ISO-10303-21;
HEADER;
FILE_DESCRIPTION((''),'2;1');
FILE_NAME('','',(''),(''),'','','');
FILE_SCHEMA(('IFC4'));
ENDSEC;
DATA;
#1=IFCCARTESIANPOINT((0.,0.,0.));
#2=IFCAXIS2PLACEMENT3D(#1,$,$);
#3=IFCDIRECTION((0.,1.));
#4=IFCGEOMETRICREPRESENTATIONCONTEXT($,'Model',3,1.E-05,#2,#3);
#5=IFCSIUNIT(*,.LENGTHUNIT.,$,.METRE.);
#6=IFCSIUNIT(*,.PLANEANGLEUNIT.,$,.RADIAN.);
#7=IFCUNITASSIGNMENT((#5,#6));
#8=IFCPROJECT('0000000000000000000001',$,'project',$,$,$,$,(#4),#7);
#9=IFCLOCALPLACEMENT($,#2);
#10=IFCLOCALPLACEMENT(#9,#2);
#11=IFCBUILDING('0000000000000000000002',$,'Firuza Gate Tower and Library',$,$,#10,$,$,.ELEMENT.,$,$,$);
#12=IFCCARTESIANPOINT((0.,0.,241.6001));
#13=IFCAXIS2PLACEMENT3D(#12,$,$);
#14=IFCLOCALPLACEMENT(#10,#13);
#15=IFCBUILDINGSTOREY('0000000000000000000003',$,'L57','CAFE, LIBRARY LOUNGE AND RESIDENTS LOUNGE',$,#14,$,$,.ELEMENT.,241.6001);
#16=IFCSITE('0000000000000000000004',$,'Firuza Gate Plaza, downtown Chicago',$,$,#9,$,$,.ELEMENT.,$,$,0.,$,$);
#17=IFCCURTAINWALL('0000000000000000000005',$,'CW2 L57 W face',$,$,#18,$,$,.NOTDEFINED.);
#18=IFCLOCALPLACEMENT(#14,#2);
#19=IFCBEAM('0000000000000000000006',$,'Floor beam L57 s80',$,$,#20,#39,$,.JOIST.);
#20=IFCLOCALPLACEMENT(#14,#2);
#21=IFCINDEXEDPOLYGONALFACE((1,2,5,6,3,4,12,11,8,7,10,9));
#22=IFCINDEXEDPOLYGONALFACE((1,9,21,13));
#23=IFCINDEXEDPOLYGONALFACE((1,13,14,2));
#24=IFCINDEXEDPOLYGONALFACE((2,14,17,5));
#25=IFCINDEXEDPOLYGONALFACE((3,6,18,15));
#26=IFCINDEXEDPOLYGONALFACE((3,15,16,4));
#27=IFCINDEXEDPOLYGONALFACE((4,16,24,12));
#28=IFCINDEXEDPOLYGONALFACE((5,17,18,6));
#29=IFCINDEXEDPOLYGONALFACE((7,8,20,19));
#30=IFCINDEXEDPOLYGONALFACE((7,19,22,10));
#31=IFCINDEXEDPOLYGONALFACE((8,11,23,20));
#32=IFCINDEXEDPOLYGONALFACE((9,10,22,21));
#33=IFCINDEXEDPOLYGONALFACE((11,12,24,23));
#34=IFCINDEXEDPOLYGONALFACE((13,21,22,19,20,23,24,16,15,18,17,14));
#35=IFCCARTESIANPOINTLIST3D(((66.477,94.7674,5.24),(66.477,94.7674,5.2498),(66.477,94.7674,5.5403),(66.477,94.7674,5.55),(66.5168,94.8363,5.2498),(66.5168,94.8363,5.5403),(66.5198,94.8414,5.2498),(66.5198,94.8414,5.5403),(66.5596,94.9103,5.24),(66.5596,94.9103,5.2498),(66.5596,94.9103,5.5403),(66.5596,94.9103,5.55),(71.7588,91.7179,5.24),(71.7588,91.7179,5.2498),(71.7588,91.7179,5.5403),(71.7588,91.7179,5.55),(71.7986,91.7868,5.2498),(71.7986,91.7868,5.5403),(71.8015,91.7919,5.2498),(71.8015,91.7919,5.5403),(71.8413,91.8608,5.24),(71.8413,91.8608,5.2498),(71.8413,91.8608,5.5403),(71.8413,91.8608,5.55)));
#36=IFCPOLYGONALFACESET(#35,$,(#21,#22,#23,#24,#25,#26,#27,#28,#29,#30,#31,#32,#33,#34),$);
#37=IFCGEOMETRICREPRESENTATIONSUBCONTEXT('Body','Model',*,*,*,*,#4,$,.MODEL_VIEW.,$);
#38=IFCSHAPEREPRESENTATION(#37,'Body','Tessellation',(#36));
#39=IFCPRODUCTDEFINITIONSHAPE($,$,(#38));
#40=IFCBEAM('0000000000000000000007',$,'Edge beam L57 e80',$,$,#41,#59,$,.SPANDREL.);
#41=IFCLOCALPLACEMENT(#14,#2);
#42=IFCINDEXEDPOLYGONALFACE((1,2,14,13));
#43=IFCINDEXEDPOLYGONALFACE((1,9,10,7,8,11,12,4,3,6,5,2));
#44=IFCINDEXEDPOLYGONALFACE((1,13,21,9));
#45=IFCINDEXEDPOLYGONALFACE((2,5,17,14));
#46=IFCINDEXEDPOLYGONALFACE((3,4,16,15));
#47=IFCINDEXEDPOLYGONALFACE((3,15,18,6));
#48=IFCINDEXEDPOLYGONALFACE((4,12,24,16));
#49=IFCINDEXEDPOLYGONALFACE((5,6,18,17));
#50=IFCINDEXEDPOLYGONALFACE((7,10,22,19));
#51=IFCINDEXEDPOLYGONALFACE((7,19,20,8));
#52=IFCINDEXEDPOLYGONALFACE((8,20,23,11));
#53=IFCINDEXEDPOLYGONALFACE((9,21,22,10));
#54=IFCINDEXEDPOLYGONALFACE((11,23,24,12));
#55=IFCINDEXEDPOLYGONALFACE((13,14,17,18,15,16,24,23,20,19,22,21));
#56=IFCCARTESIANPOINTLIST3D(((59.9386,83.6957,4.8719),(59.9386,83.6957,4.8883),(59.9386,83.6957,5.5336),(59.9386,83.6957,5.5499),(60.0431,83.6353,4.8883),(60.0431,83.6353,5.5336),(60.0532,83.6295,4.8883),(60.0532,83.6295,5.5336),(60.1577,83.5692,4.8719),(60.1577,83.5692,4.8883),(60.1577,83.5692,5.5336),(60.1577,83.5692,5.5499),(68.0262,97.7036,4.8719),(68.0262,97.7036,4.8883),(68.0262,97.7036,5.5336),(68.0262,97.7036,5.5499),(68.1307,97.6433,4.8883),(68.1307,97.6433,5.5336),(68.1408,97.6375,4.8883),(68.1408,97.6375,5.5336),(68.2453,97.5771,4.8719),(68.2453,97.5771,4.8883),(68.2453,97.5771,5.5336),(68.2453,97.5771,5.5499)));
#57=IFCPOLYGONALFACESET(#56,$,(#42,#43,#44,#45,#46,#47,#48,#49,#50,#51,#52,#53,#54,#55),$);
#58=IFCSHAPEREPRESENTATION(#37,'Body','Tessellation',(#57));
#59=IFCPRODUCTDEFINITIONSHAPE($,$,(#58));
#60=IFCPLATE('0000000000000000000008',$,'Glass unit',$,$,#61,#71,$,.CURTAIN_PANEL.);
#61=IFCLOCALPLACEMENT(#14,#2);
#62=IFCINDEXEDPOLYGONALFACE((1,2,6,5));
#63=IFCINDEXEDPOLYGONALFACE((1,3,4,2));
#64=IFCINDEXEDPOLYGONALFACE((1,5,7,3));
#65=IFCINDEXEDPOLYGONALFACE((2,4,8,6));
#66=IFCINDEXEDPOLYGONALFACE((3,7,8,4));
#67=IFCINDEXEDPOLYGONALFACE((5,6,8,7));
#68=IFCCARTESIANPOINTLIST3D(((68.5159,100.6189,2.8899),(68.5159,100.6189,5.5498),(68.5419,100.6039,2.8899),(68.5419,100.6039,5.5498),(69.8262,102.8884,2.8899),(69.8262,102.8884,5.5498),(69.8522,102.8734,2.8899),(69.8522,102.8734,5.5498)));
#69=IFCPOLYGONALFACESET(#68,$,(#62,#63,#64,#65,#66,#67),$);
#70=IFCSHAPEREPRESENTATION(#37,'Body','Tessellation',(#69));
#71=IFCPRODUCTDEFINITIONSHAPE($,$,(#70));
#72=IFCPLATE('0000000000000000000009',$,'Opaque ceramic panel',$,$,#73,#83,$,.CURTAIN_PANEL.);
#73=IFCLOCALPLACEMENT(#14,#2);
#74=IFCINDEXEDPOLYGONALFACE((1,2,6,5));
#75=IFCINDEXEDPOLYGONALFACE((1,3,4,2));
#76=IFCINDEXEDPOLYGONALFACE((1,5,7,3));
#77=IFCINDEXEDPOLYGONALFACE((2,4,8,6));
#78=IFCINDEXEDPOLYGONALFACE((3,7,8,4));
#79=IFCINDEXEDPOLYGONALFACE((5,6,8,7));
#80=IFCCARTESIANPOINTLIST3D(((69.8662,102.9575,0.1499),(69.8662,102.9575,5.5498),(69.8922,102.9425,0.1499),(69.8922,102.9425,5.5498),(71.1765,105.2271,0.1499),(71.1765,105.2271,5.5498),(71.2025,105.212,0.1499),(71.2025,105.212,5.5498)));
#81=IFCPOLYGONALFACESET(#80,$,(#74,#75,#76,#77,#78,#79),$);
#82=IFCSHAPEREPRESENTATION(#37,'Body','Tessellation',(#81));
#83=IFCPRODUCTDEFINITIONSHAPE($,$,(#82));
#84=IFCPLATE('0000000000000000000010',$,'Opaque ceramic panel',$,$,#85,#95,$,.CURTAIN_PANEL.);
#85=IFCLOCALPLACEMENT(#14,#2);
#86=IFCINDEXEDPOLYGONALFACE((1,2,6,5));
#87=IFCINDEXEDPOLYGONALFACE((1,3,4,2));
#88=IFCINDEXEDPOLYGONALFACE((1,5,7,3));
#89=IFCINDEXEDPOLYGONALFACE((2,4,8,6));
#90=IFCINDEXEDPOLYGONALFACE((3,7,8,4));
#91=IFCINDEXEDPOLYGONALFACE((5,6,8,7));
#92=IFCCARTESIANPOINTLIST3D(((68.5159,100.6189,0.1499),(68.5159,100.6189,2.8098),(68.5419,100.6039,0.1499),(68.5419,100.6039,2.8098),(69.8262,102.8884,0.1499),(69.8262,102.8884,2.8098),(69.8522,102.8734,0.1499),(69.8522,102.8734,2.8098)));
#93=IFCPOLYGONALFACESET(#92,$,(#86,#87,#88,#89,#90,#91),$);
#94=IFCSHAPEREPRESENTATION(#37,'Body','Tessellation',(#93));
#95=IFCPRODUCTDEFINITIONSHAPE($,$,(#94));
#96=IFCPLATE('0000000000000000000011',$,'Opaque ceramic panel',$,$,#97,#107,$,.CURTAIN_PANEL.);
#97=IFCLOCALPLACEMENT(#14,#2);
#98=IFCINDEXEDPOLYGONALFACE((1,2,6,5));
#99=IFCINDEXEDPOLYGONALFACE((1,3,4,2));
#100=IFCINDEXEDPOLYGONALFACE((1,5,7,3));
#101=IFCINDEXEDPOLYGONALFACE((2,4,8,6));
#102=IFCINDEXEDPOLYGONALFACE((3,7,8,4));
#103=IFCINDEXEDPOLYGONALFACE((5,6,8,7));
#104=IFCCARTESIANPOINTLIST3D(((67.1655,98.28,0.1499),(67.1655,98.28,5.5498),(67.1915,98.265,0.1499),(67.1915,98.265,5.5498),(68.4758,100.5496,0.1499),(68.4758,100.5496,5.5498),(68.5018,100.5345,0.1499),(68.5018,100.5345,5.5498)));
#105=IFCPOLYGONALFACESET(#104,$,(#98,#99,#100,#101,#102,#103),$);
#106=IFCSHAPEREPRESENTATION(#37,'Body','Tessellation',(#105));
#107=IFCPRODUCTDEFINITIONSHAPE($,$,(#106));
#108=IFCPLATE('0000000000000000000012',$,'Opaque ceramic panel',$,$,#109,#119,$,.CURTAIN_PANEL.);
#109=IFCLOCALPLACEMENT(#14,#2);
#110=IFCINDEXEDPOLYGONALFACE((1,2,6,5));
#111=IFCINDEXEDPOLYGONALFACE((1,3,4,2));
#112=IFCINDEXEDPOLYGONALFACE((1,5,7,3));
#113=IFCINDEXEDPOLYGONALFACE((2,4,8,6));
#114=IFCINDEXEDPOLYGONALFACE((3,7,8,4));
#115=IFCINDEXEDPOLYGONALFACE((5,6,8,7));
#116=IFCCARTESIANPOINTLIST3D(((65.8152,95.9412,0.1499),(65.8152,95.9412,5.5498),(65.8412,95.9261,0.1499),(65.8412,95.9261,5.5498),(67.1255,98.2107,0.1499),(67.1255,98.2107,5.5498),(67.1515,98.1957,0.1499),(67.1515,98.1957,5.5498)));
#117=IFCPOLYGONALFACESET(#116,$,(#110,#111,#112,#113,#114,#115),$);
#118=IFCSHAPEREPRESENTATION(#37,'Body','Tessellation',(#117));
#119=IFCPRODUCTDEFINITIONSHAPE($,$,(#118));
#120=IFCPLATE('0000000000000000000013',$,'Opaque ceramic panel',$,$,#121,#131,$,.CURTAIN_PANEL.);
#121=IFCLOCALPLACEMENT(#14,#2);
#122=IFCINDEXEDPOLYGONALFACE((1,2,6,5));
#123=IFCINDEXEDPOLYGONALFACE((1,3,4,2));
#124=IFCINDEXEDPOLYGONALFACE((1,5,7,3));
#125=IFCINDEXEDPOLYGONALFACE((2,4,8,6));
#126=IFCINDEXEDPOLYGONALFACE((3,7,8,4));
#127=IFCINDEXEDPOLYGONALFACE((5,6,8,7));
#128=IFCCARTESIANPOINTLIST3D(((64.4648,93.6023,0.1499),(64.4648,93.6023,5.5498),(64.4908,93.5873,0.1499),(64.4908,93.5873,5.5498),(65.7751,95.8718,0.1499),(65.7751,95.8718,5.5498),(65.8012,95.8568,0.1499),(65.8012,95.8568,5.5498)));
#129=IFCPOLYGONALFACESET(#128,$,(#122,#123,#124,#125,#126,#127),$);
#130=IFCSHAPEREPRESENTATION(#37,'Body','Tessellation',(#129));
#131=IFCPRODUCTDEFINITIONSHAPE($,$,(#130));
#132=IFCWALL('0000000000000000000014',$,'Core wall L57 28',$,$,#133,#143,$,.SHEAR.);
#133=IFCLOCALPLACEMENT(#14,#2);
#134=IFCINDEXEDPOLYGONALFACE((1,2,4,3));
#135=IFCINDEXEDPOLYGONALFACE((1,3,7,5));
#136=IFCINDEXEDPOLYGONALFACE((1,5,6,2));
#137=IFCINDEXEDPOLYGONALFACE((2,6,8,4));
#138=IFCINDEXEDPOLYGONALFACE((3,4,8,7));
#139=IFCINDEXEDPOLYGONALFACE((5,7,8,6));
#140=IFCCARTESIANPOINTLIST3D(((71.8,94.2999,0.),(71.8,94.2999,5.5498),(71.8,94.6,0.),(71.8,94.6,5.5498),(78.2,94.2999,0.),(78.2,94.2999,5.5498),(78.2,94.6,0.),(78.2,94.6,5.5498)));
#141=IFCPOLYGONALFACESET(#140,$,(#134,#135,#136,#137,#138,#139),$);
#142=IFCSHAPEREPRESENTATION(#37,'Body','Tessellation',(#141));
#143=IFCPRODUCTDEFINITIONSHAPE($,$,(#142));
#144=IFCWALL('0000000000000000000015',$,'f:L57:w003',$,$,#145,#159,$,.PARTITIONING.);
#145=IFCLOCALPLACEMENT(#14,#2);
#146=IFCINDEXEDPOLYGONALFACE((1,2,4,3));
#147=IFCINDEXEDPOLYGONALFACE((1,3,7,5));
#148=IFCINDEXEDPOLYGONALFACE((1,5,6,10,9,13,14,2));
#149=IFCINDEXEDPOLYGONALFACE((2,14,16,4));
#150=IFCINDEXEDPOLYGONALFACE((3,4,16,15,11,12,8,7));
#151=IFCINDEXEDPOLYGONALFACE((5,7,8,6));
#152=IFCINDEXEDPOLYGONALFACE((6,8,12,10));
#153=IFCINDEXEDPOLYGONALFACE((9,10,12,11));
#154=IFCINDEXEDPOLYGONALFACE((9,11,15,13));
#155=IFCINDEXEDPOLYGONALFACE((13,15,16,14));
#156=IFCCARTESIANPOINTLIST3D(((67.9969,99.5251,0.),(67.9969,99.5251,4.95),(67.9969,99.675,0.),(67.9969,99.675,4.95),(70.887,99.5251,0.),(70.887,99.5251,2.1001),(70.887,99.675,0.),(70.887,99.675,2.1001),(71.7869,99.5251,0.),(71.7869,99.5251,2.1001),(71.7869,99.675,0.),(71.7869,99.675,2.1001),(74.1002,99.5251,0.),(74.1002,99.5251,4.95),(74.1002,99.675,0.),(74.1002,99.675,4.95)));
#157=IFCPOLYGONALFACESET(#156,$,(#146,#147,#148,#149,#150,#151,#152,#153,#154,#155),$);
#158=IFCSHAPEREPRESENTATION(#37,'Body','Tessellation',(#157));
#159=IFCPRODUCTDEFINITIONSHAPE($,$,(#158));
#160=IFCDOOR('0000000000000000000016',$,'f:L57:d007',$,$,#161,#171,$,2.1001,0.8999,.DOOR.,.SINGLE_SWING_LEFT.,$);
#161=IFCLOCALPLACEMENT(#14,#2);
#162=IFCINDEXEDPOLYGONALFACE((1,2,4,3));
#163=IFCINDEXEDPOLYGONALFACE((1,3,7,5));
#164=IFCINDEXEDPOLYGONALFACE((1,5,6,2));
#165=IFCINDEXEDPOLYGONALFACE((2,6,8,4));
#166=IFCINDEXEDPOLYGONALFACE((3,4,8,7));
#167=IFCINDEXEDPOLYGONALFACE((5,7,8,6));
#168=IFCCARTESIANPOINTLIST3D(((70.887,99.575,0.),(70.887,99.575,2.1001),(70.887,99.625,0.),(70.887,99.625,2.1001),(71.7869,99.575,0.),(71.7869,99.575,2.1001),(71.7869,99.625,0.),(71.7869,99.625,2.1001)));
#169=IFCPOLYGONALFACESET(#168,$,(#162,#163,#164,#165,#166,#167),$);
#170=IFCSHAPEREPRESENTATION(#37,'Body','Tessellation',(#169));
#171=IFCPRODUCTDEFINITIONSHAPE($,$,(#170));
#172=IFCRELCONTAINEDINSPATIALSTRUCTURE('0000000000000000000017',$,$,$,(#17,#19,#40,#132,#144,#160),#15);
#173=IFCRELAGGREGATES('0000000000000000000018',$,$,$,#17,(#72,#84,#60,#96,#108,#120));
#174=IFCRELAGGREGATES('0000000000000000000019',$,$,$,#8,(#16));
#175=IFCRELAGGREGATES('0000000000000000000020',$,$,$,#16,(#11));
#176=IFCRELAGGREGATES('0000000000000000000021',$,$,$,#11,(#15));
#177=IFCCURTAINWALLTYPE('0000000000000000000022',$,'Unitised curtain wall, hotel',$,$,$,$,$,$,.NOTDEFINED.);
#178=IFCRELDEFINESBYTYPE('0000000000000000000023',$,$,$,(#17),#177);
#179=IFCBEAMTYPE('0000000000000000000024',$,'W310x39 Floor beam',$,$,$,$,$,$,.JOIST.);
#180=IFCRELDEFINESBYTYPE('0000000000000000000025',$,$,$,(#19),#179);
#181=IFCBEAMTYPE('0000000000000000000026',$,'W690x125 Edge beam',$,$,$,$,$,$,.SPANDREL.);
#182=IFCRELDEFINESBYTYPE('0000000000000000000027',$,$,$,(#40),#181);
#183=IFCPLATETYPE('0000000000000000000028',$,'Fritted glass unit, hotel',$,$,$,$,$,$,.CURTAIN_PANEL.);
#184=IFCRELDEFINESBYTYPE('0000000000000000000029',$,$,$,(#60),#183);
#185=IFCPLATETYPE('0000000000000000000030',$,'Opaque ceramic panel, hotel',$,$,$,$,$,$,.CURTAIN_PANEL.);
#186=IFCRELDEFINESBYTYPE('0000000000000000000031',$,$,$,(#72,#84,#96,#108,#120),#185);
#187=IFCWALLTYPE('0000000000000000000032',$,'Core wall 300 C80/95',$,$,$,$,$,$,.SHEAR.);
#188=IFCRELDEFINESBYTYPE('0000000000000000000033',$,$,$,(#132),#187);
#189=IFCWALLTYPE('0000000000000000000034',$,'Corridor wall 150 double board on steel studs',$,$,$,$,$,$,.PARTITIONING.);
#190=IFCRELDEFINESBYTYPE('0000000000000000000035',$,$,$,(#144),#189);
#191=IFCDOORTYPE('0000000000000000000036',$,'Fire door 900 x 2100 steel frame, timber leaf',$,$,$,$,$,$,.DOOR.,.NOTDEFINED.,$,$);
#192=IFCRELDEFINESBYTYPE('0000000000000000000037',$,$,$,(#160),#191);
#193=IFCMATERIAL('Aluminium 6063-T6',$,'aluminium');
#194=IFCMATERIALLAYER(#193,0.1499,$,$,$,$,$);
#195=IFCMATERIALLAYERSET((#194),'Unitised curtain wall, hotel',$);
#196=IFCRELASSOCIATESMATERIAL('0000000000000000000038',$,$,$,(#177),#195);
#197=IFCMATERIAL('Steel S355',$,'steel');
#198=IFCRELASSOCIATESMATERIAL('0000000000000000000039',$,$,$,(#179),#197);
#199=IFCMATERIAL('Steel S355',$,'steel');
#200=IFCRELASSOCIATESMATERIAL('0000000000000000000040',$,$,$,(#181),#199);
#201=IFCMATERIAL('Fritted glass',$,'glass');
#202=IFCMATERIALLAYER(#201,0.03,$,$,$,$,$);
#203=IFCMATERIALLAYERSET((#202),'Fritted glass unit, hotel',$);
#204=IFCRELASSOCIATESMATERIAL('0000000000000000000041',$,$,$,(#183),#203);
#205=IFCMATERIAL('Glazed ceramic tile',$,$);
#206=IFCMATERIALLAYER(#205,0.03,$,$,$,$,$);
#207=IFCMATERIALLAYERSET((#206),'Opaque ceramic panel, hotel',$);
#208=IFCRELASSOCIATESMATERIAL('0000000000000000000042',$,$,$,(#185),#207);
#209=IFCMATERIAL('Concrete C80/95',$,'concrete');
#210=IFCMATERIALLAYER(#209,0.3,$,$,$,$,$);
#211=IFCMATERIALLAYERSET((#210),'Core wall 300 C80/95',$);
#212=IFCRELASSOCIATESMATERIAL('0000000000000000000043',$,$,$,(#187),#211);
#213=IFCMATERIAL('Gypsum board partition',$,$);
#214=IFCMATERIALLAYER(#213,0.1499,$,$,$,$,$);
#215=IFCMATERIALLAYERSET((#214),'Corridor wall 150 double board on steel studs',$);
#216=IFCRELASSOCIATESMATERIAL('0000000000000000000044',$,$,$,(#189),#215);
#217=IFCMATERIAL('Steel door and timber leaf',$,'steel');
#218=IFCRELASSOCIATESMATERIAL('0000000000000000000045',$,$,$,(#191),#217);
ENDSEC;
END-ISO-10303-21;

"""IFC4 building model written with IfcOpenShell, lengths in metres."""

from ifc_helpers import new_model, si_unit, direction, frame, frame_2d, origin, origin_2d, place, context, subcontext, project, spatial, polyline, rectangle, i_section, outline, extrude, material, layer, layer_set, material_profile, profile_set, type_object, element, fill, aggregate, save


model = new_model("IFC4")

# Units and contexts
model_context = context("Model", 3, precision=1e-05, world=origin(), true_north=direction((0.0, 1.0)))
body_context = subcontext(model_context, "Body", "Model", "MODEL_VIEW")
ifc_project = project(units=[si_unit("LENGTHUNIT", "METRE"), si_unit("PLANEANGLEUNIT", "RADIAN")], contexts=[model_context])

# Site, building, storey
site_placement = place(None, origin())
site = spatial("IfcSite", under=ifc_project, at=site_placement, Name="Firuza Gate Plaza, downtown Chicago", CompositionType="ELEMENT", RefElevation=0.0)
building_placement = place(site_placement, origin())
building = spatial("IfcBuilding", under=site, at=building_placement, Name="Firuza Gate Tower and Library", CompositionType="ELEMENT")
storey_placement = place(building_placement, frame((0.0, 0.0, 241.6001)))
storey = spatial("IfcBuildingStorey", under=building, at=storey_placement, Name="L57", Description="CAFE, LIBRARY LOUNGE AND RESIDENTS LOUNGE", CompositionType="ELEMENT", Elevation=241.6001)

# Curtain wall
ifc_material_1 = material(Name="Aluminium 6063-T6", Category="aluminium")
ifc_layer_1 = layer(ifc_material_1, 0.1499)
ifc_layer_set_1 = layer_set([ifc_layer_1], Name="Unitised curtain wall, hotel")
curtain_wall_type_1 = type_object("IfcCurtainWallType", Name="Unitised curtain wall, hotel", PredefinedType="NOTDEFINED", material=ifc_layer_set_1)
placement = place(storey_placement, origin())
curtain_wall_1 = element("IfcCurtainWall", 1, at=placement, inside=storey, type_object=curtain_wall_type_1, Name="CW2 L57 W face", PredefinedType="NOTDEFINED")

# Beams
ifc_material_2 = material(Name="Steel S355", Category="steel")
ifc_material_profile_1 = material_profile(ifc_material_2, i_section(OverallWidth=0.165, OverallDepth=0.3101, WebThickness=0.0059, FlangeThickness=0.0098, at=origin_2d()))
ifc_profile_set_1 = profile_set([ifc_material_profile_1], Name="Steel S355")
beam_type_1 = type_object("IfcBeamType", Name="W310x39 Floor beam", PredefinedType="JOIST", material=ifc_profile_set_1)
beam_1_placement = place(storey_placement, frame((66.5183, 94.8389, 5.395), z_axis=(0.866015, -0.500018, 0.0), x_axis=(0.500018, 0.866015, 0.0)))
element("IfcBeam", 2, at=beam_1_placement, inside=storey, type_object=beam_type_1, Name="Floor beam L57 s80", PredefinedType="JOIST", context=body_context, shape_type="SweptSolid", body=[
    extrude(i_section(OverallWidth=0.165, OverallDepth=0.3101, WebThickness=0.0059, FlangeThickness=0.0098, at=origin_2d()), origin(), (0.0, 0.0, 1.0), 6.0989),
])
ifc_material_3 = material(Name="Steel S355", Category="steel")
ifc_material_profile_2 = material_profile(ifc_material_3, i_section(OverallWidth=0.2529, OverallDepth=0.678, WebThickness=0.0117, FlangeThickness=0.0164, at=origin_2d()))
ifc_profile_set_2 = profile_set([ifc_material_profile_2], Name="Steel S355")
beam_type_2 = type_object("IfcBeamType", Name="W690x125 Edge beam", PredefinedType="SPANDREL", material=ifc_profile_set_2)
beam_2_placement = place(storey_placement, frame((68.1357, 97.6404, 5.2109), z_axis=(-0.500004, -0.866023, 0.0), x_axis=(0.866023, -0.500004, 0.0)))
element("IfcBeam", 3, at=beam_2_placement, inside=storey, type_object=beam_type_2, Name="Edge beam L57 e80", PredefinedType="SPANDREL", context=body_context, shape_type="SweptSolid", body=[
    extrude(i_section(OverallWidth=0.2529, OverallDepth=0.678, WebThickness=0.0117, FlangeThickness=0.0164, at=origin_2d()), origin(), (0.0, 0.0, 1.0), 16.175),
])

# Plates
ifc_material_4 = material(Name="Fritted glass", Category="glass")
ifc_layer_2 = layer(ifc_material_4, 0.03)
ifc_layer_set_2 = layer_set([ifc_layer_2], Name="Fritted glass unit, hotel")
plate_type_1 = type_object("IfcPlateType", Name="Fritted glass unit, hotel", PredefinedType="CURTAIN_PANEL", material=ifc_layer_set_2)
plate_1_placement = place(storey_placement, frame((69.8262, 102.8884, 2.8899), z_axis=(-0.866027, 0.499997, 0.0), x_axis=(-0.499997, -0.866027, 0.0)))
plate_1 = element("IfcPlate", 4, at=plate_1_placement, type_object=plate_type_1, Name="Glass unit", PredefinedType="CURTAIN_PANEL", context=body_context, shape_type="SweptSolid", body=[
    extrude(outline(polyline([(0.0, 0.0), (2.6206, 0.0), (2.6206, 2.6599), (0.0, 2.6599), (0.0, 0.0)])), origin(), (0.0, 0.0, -1.0), 0.03),
])
ifc_material_5 = material(Name="Glazed ceramic tile")
ifc_layer_3 = layer(ifc_material_5, 0.03)
ifc_layer_set_3 = layer_set([ifc_layer_3], Name="Opaque ceramic panel, hotel")
plate_type_2 = type_object("IfcPlateType", Name="Opaque ceramic panel, hotel", PredefinedType="CURTAIN_PANEL", material=ifc_layer_set_3)
plate_2_placement = place(storey_placement, frame((71.1765, 105.2271, 0.1499), z_axis=(-0.866027, 0.499997, 0.0), x_axis=(-0.499997, -0.866027, 0.0)))
plate_2 = element("IfcPlate", 5, at=plate_2_placement, type_object=plate_type_2, Name="Opaque ceramic panel", PredefinedType="CURTAIN_PANEL", context=body_context, shape_type="SweptSolid", body=[
    extrude(outline(polyline([(0.0, 0.0), (2.6206, 0.0), (2.6206, 5.3999), (0.0, 5.3999), (0.0, 0.0)])), origin(), (0.0, 0.0, -1.0), 0.03),
])
plate_3_placement = place(storey_placement, frame((69.8262, 102.8884, 0.1499), z_axis=(-0.866027, 0.499997, 0.0), x_axis=(-0.499997, -0.866027, 0.0)))
plate_3 = element("IfcPlate", 6, at=plate_3_placement, type_object=plate_type_2, Name="Opaque ceramic panel", PredefinedType="CURTAIN_PANEL", context=body_context, shape_type="SweptSolid", body=[
    extrude(outline(polyline([(0.0, 0.0), (2.6206, 0.0), (2.6206, 2.6599), (0.0, 2.6599), (0.0, 0.0)])), origin(), (0.0, 0.0, -1.0), 0.03),
])
plate_4_placement = place(storey_placement, frame((68.4758, 100.5496, 0.1499), z_axis=(-0.866027, 0.499997, 0.0), x_axis=(-0.499997, -0.866027, 0.0)))
plate_4 = element("IfcPlate", 7, at=plate_4_placement, type_object=plate_type_2, Name="Opaque ceramic panel", PredefinedType="CURTAIN_PANEL", context=body_context, shape_type="SweptSolid", body=[
    extrude(outline(polyline([(0.0, 0.0), (2.6206, 0.0), (2.6206, 5.3999), (0.0, 5.3999), (0.0, 0.0)])), origin(), (0.0, 0.0, -1.0), 0.03),
])
plate_5_placement = place(storey_placement, frame((67.1255, 98.2107, 0.1499), z_axis=(-0.866027, 0.499997, 0.0), x_axis=(-0.499997, -0.866027, 0.0)))
plate_5 = element("IfcPlate", 8, at=plate_5_placement, type_object=plate_type_2, Name="Opaque ceramic panel", PredefinedType="CURTAIN_PANEL", context=body_context, shape_type="SweptSolid", body=[
    extrude(outline(polyline([(0.0, 0.0), (2.6206, 0.0), (2.6206, 5.3999), (0.0, 5.3999), (0.0, 0.0)])), origin(), (0.0, 0.0, -1.0), 0.03),
])
plate_6_placement = place(storey_placement, frame((65.7751, 95.8718, 0.1499), z_axis=(-0.866027, 0.499997, 0.0), x_axis=(-0.499997, -0.866027, 0.0)))
plate_6 = element("IfcPlate", 9, at=plate_6_placement, type_object=plate_type_2, Name="Opaque ceramic panel", PredefinedType="CURTAIN_PANEL", context=body_context, shape_type="SweptSolid", body=[
    extrude(outline(polyline([(0.0, 0.0), (2.6206, 0.0), (2.6206, 5.3999), (0.0, 5.3999), (0.0, 0.0)])), origin(), (0.0, 0.0, -1.0), 0.03),
])
aggregate(curtain_wall_1, [plate_2, plate_3, plate_1, plate_4, plate_5, plate_6])

# Wall
ifc_material_6 = material(Name="Concrete C80/95", Category="concrete")
ifc_layer_4 = layer(ifc_material_6, 0.3)
ifc_layer_set_4 = layer_set([ifc_layer_4], Name="Core wall 300 C80/95")
wall_type_1 = type_object("IfcWallType", Name="Core wall 300 C80/95", PredefinedType="SHEAR", material=ifc_layer_set_4)
wall_1_placement = place(storey_placement, frame((71.8, 94.45, 0.0), z_axis=(0.0, 0.0, 1.0), x_axis=(1.0, 0.0, 0.0)))
element("IfcWall", 10, at=wall_1_placement, inside=storey, type_object=wall_type_1, Name="Core wall L57 28", PredefinedType="SHEAR", context=body_context, shape_type="SweptSolid", body=[
    extrude(rectangle(XDim=6.3999, YDim=0.3, at=frame_2d((3.2, 0.0))), origin(), (0.0, 0.0, 1.0), 5.5498),
])

# Wall, opening, door
ifc_material_7 = material(Name="Gypsum board partition")
ifc_layer_5 = layer(ifc_material_7, 0.1499)
ifc_layer_set_5 = layer_set([ifc_layer_5], Name="Corridor wall 150 double board on steel studs")
wall_type_2 = type_object("IfcWallType", Name="Corridor wall 150 double board on steel studs", PredefinedType="PARTITIONING", material=ifc_layer_set_5)
wall_2_placement = place(storey_placement, frame((67.9968, 99.6001, 0.0), z_axis=(0.0, 0.0, 1.0), x_axis=(1.0, 0.0, 0.0)))
wall_2 = element("IfcWall", 11, at=wall_2_placement, inside=storey, type_object=wall_type_2, Name="f:L57:w003", PredefinedType="PARTITIONING", context=body_context, shape_type="SweptSolid", body=[
    extrude(rectangle(XDim=6.1033, YDim=0.1499, at=frame_2d((3.0518, 0.0))), origin(), (0.0, 0.0, 1.0), 4.95),
])
opening_placement = place(wall_2_placement, frame((2.8901, 0.0, 0.0)))
opening = element("IfcOpeningElement", 12, at=opening_placement, cuts=wall_2, PredefinedType="OPENING", context=body_context, shape_type="SweptSolid", body=[
    extrude(rectangle(XDim=0.8999, YDim=2.1001, at=frame_2d((0.45, 1.05))), frame((0.0, 0.085, 0.0), z_axis=(0.0, -1.0, 0.0), x_axis=(1.0, 0.0, 0.0)), (0.0, 0.0, 1.0), 0.1699),
])
ifc_material_8 = material(Name="Steel door and timber leaf", Category="steel")
door_type = type_object("IfcDoorType", Name="Fire door 900 x 2100 steel frame, timber leaf", OperationType="NOTDEFINED", PredefinedType="DOOR", material=ifc_material_8)
door_placement = place(opening_placement, origin())
door = element("IfcDoor", 13, at=door_placement, inside=storey, type_object=door_type, Name="f:L57:d007", OperationType="SINGLE_SWING_LEFT", OverallHeight=2.1001, OverallWidth=0.8999, PredefinedType="DOOR", context=body_context, shape_type="SweptSolid", body=[
    extrude(rectangle(XDim=0.8999, YDim=2.1001, at=frame_2d((0.45, 1.05))), frame((0.0, 0.0249, 0.0), z_axis=(0.0, -1.0, 0.0), x_axis=(1.0, 0.0, 0.0)), (0.0, 0.0, 1.0), 0.05),
])
fill(opening, door)

save(model, "model.ifc")
